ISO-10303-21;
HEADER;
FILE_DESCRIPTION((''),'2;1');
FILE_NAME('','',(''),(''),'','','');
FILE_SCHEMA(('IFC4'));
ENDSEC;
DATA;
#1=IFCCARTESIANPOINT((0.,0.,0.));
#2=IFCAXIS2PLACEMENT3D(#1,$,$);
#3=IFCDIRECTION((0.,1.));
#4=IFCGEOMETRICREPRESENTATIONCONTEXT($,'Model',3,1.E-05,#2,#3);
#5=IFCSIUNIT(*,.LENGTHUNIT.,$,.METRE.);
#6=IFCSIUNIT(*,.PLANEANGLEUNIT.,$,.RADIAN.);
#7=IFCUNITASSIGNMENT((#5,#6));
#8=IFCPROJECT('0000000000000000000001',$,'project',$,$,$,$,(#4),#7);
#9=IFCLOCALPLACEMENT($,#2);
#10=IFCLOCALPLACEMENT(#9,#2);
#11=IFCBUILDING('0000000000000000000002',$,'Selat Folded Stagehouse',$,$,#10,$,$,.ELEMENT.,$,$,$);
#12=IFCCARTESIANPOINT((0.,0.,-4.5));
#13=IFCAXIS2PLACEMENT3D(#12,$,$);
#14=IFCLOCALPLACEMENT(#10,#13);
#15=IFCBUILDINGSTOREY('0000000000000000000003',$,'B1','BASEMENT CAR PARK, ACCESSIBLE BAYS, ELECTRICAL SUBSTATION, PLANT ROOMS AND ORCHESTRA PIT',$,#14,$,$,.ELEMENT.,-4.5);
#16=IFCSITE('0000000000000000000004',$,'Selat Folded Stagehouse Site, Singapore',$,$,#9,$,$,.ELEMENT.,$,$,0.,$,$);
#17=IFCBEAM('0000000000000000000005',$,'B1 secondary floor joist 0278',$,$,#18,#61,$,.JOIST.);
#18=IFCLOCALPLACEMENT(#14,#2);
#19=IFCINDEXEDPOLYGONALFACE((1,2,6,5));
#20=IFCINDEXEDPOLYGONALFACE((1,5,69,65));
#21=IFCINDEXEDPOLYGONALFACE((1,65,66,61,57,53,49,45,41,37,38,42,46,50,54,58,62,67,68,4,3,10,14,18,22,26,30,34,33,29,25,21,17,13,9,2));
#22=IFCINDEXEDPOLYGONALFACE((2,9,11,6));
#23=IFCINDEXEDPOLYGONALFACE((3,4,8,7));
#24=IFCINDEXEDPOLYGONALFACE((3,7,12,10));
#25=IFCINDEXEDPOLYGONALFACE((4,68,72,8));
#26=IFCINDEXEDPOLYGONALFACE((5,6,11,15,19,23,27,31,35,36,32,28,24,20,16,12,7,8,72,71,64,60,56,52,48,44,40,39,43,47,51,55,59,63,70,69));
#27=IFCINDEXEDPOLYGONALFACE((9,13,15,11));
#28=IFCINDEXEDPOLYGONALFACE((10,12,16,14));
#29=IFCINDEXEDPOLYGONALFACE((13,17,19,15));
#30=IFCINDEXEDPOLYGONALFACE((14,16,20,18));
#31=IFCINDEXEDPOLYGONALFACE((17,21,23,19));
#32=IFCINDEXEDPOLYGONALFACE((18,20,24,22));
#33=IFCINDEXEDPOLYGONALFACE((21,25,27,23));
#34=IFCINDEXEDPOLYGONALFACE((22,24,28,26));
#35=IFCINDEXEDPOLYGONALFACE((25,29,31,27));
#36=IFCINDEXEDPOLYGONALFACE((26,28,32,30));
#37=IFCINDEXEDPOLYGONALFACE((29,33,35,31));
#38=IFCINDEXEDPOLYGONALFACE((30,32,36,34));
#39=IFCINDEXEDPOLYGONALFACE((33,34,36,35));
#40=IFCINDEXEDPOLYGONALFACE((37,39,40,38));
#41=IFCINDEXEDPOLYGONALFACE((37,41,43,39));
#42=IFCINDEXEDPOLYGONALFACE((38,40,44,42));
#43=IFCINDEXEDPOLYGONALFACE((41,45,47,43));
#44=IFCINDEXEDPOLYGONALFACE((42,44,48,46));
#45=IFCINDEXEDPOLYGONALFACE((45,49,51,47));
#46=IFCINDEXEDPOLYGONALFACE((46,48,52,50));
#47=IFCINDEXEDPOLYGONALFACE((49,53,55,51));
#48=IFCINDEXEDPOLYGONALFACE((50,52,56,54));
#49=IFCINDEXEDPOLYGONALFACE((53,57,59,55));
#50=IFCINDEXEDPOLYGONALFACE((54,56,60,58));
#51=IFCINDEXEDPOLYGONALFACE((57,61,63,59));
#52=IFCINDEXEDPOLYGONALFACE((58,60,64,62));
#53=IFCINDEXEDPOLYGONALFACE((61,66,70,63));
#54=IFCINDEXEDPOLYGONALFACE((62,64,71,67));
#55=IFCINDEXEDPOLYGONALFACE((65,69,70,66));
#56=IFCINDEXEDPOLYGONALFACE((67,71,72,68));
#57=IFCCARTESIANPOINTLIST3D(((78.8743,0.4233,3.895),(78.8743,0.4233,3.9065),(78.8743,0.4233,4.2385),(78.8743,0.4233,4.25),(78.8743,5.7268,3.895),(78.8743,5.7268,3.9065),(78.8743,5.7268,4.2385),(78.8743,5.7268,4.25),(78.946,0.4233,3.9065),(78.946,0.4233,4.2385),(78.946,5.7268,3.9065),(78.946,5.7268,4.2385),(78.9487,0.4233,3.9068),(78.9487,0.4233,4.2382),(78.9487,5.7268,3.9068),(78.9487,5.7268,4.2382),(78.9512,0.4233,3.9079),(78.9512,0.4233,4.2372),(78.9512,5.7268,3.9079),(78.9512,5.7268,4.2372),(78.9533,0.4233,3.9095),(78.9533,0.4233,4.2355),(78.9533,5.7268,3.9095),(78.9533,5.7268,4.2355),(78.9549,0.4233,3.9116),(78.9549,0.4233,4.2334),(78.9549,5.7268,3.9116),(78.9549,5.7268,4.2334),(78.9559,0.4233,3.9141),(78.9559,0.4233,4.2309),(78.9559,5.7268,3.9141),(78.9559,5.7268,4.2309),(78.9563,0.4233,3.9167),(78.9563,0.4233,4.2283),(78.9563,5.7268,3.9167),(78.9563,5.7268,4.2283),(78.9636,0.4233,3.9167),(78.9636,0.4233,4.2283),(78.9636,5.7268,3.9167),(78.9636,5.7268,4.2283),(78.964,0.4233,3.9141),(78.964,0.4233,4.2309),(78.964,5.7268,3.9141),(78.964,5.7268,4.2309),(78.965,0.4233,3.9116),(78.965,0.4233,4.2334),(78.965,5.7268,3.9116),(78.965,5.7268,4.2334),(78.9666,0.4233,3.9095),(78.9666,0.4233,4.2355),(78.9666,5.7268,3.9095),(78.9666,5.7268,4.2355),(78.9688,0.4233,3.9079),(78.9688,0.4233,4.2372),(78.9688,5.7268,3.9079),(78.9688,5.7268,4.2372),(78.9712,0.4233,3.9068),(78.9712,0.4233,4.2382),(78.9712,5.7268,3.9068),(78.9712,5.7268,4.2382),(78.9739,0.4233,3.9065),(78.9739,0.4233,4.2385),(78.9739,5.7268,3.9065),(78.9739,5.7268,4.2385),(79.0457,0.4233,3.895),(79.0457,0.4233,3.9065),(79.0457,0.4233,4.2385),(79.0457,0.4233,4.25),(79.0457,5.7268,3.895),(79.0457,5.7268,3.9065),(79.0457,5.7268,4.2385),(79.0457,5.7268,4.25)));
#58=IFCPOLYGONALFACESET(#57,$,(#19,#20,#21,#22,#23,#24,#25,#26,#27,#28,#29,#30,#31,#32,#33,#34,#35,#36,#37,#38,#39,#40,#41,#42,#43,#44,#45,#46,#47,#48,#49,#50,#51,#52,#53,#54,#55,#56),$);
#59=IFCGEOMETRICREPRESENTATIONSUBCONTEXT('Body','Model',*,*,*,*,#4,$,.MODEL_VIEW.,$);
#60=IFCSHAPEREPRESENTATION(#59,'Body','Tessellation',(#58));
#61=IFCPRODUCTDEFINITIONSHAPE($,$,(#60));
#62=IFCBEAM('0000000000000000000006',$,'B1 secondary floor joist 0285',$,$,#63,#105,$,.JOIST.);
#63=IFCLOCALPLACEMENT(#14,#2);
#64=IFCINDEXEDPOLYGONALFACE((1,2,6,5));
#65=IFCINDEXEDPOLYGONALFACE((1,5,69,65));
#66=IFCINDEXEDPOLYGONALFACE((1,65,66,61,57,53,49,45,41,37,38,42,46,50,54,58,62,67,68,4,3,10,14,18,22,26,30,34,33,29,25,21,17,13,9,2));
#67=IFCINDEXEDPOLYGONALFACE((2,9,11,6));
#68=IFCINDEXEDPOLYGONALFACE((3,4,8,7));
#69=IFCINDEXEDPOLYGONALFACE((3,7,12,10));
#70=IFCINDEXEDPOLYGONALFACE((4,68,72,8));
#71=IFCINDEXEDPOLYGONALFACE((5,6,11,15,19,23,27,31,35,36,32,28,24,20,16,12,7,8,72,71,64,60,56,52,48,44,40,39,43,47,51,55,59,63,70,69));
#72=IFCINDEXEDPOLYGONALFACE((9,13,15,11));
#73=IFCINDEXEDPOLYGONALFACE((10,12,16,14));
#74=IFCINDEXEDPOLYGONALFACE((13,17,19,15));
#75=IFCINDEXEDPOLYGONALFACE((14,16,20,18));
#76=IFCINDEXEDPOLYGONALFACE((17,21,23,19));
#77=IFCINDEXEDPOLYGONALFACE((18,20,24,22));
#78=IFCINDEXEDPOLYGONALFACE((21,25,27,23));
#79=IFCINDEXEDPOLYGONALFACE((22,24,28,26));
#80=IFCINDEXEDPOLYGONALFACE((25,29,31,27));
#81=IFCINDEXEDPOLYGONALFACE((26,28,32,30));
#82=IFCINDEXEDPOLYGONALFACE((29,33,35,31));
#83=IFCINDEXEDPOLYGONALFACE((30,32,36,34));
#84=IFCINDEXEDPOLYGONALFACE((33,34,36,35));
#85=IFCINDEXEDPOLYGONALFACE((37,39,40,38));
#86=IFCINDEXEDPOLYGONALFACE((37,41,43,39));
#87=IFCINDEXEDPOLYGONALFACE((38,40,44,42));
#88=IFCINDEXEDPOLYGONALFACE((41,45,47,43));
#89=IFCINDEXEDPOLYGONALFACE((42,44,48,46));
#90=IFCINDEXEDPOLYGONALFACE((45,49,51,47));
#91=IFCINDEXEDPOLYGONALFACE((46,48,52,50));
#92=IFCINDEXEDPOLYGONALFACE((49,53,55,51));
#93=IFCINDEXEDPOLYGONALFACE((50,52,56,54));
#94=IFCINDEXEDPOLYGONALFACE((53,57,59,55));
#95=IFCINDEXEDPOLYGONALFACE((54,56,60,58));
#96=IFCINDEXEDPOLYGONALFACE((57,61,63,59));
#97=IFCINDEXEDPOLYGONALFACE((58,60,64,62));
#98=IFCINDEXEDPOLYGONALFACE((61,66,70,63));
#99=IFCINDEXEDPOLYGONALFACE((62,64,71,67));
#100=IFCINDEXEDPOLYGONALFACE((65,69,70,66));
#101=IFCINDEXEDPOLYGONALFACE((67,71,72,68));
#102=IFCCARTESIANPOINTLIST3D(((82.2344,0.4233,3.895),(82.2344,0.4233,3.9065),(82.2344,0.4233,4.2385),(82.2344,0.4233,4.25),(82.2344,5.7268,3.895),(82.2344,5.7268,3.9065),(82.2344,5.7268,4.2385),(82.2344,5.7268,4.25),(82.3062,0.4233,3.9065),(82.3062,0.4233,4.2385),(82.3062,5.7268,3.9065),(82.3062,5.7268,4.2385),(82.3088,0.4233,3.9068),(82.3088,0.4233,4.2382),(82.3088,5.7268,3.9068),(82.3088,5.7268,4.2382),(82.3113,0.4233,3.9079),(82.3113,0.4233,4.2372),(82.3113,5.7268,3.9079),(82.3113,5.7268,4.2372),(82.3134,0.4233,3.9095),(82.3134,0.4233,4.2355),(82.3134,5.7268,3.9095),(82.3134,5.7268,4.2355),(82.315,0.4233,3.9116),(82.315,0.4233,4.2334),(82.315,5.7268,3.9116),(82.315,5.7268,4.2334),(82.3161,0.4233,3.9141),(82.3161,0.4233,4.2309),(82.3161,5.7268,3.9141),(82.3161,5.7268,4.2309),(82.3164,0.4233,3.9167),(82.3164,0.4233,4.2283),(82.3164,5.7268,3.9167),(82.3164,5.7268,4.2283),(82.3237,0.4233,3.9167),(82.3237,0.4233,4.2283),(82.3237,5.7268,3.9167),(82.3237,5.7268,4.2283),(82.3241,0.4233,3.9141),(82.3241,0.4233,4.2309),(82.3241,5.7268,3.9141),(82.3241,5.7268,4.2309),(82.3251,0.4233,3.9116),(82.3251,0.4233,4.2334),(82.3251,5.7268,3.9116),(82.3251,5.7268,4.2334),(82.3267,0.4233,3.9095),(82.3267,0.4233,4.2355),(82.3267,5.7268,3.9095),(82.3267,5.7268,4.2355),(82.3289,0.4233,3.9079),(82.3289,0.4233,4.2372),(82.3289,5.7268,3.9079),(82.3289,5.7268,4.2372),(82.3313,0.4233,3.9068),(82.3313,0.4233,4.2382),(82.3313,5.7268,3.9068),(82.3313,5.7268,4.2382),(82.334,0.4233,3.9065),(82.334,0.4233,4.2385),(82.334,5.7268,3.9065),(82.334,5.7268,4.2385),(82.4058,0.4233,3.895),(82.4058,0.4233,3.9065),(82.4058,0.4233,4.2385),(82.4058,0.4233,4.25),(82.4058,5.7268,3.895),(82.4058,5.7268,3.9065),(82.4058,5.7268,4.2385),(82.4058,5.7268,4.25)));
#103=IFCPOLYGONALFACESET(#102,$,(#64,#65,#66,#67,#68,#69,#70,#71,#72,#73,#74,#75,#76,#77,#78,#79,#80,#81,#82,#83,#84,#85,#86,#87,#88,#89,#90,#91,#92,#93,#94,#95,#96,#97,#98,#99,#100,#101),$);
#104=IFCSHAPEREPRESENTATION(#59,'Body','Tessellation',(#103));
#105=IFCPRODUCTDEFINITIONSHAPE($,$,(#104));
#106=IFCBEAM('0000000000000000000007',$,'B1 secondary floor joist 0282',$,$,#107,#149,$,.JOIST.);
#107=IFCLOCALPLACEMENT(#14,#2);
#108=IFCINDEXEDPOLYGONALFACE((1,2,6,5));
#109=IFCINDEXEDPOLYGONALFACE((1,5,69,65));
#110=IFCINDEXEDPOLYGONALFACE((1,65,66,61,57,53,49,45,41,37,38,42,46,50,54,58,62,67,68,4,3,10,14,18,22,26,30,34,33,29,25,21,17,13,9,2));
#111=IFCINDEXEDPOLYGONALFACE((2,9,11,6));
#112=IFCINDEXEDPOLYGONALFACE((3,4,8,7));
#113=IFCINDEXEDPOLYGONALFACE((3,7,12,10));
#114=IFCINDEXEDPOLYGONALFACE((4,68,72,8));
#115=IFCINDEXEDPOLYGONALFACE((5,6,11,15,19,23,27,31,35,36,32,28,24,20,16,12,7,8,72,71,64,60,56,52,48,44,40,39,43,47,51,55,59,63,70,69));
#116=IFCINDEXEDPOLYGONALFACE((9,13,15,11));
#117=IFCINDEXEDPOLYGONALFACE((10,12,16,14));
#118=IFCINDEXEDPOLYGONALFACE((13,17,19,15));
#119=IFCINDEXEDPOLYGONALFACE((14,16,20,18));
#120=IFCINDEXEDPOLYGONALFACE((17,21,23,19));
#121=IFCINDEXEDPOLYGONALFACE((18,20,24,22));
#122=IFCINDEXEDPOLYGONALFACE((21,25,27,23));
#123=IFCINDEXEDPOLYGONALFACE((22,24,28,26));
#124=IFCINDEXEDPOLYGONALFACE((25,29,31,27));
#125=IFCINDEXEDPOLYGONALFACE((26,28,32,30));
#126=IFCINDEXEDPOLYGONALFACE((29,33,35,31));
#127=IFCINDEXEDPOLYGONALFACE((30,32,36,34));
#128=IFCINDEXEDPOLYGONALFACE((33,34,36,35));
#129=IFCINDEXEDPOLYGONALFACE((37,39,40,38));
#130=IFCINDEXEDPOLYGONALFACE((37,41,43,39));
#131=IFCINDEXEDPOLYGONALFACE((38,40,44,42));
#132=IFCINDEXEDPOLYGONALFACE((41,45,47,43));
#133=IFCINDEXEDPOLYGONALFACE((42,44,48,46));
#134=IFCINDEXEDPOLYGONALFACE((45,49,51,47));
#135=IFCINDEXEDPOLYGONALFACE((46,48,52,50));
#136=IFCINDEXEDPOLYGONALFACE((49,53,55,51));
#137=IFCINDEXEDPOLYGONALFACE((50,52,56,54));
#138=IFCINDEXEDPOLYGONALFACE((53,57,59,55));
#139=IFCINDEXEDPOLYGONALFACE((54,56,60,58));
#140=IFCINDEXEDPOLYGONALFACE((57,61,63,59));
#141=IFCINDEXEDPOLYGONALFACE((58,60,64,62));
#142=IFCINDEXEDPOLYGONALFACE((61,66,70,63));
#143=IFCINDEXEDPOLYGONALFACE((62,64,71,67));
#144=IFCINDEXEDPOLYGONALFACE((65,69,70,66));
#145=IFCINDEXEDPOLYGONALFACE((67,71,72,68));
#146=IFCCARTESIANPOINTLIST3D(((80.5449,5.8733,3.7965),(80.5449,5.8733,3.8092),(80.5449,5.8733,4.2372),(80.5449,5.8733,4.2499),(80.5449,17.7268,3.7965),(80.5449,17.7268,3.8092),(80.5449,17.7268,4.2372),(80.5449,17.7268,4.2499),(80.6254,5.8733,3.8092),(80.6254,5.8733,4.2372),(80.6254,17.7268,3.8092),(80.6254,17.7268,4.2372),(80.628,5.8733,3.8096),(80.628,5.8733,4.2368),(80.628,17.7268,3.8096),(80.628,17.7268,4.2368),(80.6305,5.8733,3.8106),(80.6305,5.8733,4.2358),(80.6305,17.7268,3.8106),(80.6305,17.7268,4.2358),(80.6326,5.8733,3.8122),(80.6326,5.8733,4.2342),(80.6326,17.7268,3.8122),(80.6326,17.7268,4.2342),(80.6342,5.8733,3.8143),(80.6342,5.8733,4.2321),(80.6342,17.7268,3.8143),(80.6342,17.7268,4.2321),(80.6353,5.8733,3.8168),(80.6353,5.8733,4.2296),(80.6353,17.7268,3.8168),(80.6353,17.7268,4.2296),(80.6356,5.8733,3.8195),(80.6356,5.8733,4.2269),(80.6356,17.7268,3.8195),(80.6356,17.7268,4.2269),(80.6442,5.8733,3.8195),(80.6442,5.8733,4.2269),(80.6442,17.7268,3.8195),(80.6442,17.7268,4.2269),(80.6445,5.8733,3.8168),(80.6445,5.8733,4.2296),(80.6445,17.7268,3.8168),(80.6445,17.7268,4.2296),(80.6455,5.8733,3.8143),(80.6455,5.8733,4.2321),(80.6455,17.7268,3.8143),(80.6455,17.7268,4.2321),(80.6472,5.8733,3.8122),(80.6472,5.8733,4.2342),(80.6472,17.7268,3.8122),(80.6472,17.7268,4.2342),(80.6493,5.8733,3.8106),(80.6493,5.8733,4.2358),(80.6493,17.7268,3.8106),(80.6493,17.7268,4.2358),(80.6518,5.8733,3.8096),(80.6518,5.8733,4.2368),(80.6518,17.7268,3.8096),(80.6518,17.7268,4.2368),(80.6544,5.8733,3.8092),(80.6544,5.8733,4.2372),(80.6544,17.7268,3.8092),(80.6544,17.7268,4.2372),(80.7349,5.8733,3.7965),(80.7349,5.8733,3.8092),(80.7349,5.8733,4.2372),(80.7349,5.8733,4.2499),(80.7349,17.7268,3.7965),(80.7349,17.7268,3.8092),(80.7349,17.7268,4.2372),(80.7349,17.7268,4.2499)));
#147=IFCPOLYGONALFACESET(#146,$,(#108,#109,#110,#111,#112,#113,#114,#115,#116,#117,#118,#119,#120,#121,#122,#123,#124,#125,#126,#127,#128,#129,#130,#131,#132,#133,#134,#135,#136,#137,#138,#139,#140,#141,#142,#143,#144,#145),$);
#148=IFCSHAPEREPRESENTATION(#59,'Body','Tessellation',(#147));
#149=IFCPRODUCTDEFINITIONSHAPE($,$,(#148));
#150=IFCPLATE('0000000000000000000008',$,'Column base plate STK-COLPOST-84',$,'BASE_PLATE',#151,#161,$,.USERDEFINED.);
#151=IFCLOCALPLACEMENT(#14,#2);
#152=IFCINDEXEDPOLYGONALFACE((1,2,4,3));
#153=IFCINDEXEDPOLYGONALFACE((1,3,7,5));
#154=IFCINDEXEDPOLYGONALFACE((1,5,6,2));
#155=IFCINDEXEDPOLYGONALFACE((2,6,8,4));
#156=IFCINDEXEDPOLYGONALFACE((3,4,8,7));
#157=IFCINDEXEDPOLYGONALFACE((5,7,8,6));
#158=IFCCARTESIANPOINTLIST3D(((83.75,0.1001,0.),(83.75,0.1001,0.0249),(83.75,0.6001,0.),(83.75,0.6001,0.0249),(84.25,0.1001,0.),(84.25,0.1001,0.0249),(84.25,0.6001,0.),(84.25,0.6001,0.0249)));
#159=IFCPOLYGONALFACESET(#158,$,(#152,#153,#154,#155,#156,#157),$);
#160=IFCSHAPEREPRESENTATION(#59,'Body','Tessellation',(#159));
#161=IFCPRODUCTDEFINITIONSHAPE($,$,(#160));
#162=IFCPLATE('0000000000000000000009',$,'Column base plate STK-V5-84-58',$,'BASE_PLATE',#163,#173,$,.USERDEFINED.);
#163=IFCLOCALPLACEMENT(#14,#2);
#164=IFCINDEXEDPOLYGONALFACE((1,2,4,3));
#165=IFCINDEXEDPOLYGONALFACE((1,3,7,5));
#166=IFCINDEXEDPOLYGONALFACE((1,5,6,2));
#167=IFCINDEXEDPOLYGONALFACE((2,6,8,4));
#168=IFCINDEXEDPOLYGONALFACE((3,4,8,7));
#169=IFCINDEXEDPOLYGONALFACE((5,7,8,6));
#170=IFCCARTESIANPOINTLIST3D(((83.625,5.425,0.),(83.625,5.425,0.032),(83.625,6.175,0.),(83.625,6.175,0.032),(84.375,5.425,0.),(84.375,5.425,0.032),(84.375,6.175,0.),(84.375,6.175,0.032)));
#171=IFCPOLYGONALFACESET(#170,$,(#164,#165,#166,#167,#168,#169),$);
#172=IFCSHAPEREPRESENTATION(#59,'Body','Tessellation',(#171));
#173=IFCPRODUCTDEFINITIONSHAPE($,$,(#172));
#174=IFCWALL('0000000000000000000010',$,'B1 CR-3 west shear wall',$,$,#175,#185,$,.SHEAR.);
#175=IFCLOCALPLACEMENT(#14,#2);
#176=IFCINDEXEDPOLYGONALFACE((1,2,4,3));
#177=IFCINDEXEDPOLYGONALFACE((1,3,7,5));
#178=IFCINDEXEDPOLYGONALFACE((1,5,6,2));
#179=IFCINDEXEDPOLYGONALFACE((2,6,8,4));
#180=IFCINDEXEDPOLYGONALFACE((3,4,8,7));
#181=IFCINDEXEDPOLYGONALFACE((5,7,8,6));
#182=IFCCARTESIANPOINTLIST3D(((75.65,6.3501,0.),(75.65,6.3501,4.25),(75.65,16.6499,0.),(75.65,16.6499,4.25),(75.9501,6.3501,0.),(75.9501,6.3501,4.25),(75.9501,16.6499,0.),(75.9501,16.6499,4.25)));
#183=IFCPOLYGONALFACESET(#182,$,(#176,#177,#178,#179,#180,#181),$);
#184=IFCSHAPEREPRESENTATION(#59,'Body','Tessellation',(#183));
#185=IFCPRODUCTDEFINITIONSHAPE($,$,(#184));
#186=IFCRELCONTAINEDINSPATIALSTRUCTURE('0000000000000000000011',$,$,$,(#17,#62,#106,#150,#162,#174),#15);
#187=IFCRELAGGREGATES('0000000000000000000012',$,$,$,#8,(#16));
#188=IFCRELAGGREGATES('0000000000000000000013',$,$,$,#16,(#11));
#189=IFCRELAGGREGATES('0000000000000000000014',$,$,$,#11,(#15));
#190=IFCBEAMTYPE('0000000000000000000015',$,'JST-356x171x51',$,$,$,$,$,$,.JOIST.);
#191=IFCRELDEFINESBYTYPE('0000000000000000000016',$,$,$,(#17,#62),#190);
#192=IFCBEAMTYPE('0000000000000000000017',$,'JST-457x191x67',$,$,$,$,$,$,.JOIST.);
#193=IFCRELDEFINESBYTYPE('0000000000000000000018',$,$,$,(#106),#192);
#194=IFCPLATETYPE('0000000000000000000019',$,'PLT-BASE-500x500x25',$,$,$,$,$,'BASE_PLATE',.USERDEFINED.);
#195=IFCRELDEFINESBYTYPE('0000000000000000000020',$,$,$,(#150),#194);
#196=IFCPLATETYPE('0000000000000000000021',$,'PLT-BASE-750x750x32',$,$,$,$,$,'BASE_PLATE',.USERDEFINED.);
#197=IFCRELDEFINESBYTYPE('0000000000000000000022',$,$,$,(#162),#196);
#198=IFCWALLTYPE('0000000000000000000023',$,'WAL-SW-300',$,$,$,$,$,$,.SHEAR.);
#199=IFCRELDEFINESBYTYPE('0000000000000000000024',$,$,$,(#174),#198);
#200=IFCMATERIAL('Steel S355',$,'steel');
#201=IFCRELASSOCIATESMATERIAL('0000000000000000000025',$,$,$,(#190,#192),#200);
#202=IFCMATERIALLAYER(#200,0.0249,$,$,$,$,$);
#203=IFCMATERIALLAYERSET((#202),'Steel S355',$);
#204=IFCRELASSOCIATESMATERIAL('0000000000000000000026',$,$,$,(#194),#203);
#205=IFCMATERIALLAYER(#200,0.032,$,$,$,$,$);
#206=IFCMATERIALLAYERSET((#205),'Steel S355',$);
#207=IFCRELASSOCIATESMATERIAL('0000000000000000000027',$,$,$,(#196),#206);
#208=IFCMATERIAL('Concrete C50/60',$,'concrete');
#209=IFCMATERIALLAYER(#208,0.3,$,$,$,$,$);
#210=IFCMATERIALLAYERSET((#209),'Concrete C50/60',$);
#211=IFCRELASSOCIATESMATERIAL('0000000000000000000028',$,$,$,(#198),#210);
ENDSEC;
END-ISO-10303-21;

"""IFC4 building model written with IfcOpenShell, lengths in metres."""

from ifc_helpers import new_model, si_unit, direction, frame, frame_2d, origin, origin_2d, place, context, subcontext, project, spatial, rectangle, i_section, extrude, material, layer, layer_set, material_profile, profile_set, type_object, element, save


model = new_model("IFC4")

# Units and contexts
model_context = context("Model", 3, precision=1e-05, world=origin(), true_north=direction((0.0, 1.0)))
body_context = subcontext(model_context, "Body", "Model", "MODEL_VIEW")
ifc_project = project(units=[si_unit("LENGTHUNIT", "METRE"), si_unit("PLANEANGLEUNIT", "RADIAN")], contexts=[model_context])

# Site, building, storey
site_placement = place(None, origin())
site = spatial("IfcSite", under=ifc_project, at=site_placement, Name="Selat Folded Stagehouse Site, Singapore", CompositionType="ELEMENT", RefElevation=0.0)
building_placement = place(site_placement, origin())
building = spatial("IfcBuilding", under=site, at=building_placement, Name="Selat Folded Stagehouse", CompositionType="ELEMENT")
storey_placement = place(building_placement, frame((0.0, 0.0, -4.5)))
storey = spatial("IfcBuildingStorey", under=building, at=storey_placement, Name="B1", Description="BASEMENT CAR PARK, ACCESSIBLE BAYS, ELECTRICAL SUBSTATION, PLANT ROOMS AND ORCHESTRA PIT", CompositionType="ELEMENT", Elevation=-4.5)

# Shared definitions
ifc_material_1 = material(Name="Steel S355", Category="steel")

# Beams
ifc_material_profile_1 = material_profile(ifc_material_1, i_section(OverallWidth=0.1714, OverallDepth=0.355, WebThickness=0.0073, FlangeThickness=0.0115, FilletRadius=0.0103, at=origin_2d()), Name="UKB 356x171x51")
ifc_profile_set_1 = profile_set([ifc_material_profile_1], Name="Steel S355")
beam_type_1 = type_object("IfcBeamType", Name="JST-356x171x51", PredefinedType="JOIST", material=ifc_profile_set_1)
for number, where, z_axis, x_axis, name in (
    (1, (78.96, 0.4233, 4.0725), (0.0, 1.0, 0.0), (-1.0, 0.0, 0.0), "B1 secondary floor joist 0278"),
    (2, (82.3201, 0.4233, 4.0725), (0.0, 1.0, 0.0), (-1.0, 0.0, 0.0), "B1 secondary floor joist 0285"),
):
    element("IfcBeam", number, at=place(storey_placement, frame(where, z_axis=z_axis, x_axis=x_axis)), inside=storey, type_object=beam_type_1, Name=name, PredefinedType="JOIST", context=body_context, shape_type="SweptSolid", body=[
        extrude(i_section(OverallWidth=0.1714, OverallDepth=0.355, WebThickness=0.0073, FlangeThickness=0.0115, FilletRadius=0.0103, at=origin_2d()), origin(), (0.0, 0.0, 1.0), 5.3035),
    ])
ifc_material_profile_2 = material_profile(ifc_material_1, i_section(OverallWidth=0.1899, OverallDepth=0.4534, WebThickness=0.0085, FlangeThickness=0.0127, FilletRadius=0.0103, at=origin_2d()), Name="UKB 457x191x67")
ifc_profile_set_2 = profile_set([ifc_material_profile_2], Name="Steel S355")
beam_type_2 = type_object("IfcBeamType", Name="JST-457x191x67", PredefinedType="JOIST", material=ifc_profile_set_2)
beam_1_placement = place(storey_placement, frame((80.6399, 5.8733, 4.0232), z_axis=(0.0, 1.0, 0.0), x_axis=(-1.0, 0.0, 0.0)))
element("IfcBeam", 3, at=beam_1_placement, inside=storey, type_object=beam_type_2, Name="B1 secondary floor joist 0282", PredefinedType="JOIST", context=body_context, shape_type="SweptSolid", body=[
    extrude(i_section(OverallWidth=0.1899, OverallDepth=0.4534, WebThickness=0.0085, FlangeThickness=0.0127, FilletRadius=0.0103, at=origin_2d()), origin(), (0.0, 0.0, 1.0), 11.8535),
])

# Plates
ifc_layer_1 = layer(ifc_material_1, 0.0249)
ifc_layer_set_1 = layer_set([ifc_layer_1], Name="Steel S355")
plate_type_1 = type_object("IfcPlateType", Name="PLT-BASE-500x500x25", ElementType="BASE_PLATE", PredefinedType="USERDEFINED", material=ifc_layer_set_1)
plate_1_placement = place(storey_placement, frame((84.0, 0.3501, 0.0), z_axis=(0.0, 0.0, 1.0), x_axis=(1.0, 0.0, 0.0)))
element("IfcPlate", 4, at=plate_1_placement, inside=storey, type_object=plate_type_1, Name="Column base plate STK-COLPOST-84", ObjectType="BASE_PLATE", PredefinedType="USERDEFINED", context=body_context, shape_type="SweptSolid", body=[
    extrude(rectangle(XDim=0.5, YDim=0.5, at=origin_2d()), origin(), (0.0, 0.0, 1.0), 0.0249),
])
ifc_layer_2 = layer(ifc_material_1, 0.032)
ifc_layer_set_2 = layer_set([ifc_layer_2], Name="Steel S355")
plate_type_2 = type_object("IfcPlateType", Name="PLT-BASE-750x750x32", ElementType="BASE_PLATE", PredefinedType="USERDEFINED", material=ifc_layer_set_2)
plate_2_placement = place(storey_placement, frame((84.0, 5.8, 0.0), z_axis=(0.0, 0.0, 1.0), x_axis=(1.0, 0.0, 0.0)))
element("IfcPlate", 5, at=plate_2_placement, inside=storey, type_object=plate_type_2, Name="Column base plate STK-V5-84-58", ObjectType="BASE_PLATE", PredefinedType="USERDEFINED", context=body_context, shape_type="SweptSolid", body=[
    extrude(rectangle(XDim=0.75, YDim=0.75, at=origin_2d()), origin(), (0.0, 0.0, 1.0), 0.032),
])

# Wall
ifc_material_2 = material(Name="Concrete C50/60", Category="concrete")
ifc_layer_3 = layer(ifc_material_2, 0.3)
ifc_layer_set_3 = layer_set([ifc_layer_3], Name="Concrete C50/60")
wall_type = type_object("IfcWallType", Name="WAL-SW-300", PredefinedType="SHEAR", material=ifc_layer_set_3)
wall_placement = place(storey_placement, frame((75.8, 6.3501, 0.0), z_axis=(0.0, 0.0, 1.0), x_axis=(0.0, 1.0, 0.0)))
element("IfcWall", 6, at=wall_placement, inside=storey, type_object=wall_type, Name="B1 CR-3 west shear wall", PredefinedType="SHEAR", context=body_context, shape_type="SweptSolid", body=[
    extrude(rectangle(XDim=10.2998, YDim=0.3, at=frame_2d((5.1499, 0.0))), origin(), (0.0, 0.0, 1.0), 4.25),
])

save(model, "model.ifc")
